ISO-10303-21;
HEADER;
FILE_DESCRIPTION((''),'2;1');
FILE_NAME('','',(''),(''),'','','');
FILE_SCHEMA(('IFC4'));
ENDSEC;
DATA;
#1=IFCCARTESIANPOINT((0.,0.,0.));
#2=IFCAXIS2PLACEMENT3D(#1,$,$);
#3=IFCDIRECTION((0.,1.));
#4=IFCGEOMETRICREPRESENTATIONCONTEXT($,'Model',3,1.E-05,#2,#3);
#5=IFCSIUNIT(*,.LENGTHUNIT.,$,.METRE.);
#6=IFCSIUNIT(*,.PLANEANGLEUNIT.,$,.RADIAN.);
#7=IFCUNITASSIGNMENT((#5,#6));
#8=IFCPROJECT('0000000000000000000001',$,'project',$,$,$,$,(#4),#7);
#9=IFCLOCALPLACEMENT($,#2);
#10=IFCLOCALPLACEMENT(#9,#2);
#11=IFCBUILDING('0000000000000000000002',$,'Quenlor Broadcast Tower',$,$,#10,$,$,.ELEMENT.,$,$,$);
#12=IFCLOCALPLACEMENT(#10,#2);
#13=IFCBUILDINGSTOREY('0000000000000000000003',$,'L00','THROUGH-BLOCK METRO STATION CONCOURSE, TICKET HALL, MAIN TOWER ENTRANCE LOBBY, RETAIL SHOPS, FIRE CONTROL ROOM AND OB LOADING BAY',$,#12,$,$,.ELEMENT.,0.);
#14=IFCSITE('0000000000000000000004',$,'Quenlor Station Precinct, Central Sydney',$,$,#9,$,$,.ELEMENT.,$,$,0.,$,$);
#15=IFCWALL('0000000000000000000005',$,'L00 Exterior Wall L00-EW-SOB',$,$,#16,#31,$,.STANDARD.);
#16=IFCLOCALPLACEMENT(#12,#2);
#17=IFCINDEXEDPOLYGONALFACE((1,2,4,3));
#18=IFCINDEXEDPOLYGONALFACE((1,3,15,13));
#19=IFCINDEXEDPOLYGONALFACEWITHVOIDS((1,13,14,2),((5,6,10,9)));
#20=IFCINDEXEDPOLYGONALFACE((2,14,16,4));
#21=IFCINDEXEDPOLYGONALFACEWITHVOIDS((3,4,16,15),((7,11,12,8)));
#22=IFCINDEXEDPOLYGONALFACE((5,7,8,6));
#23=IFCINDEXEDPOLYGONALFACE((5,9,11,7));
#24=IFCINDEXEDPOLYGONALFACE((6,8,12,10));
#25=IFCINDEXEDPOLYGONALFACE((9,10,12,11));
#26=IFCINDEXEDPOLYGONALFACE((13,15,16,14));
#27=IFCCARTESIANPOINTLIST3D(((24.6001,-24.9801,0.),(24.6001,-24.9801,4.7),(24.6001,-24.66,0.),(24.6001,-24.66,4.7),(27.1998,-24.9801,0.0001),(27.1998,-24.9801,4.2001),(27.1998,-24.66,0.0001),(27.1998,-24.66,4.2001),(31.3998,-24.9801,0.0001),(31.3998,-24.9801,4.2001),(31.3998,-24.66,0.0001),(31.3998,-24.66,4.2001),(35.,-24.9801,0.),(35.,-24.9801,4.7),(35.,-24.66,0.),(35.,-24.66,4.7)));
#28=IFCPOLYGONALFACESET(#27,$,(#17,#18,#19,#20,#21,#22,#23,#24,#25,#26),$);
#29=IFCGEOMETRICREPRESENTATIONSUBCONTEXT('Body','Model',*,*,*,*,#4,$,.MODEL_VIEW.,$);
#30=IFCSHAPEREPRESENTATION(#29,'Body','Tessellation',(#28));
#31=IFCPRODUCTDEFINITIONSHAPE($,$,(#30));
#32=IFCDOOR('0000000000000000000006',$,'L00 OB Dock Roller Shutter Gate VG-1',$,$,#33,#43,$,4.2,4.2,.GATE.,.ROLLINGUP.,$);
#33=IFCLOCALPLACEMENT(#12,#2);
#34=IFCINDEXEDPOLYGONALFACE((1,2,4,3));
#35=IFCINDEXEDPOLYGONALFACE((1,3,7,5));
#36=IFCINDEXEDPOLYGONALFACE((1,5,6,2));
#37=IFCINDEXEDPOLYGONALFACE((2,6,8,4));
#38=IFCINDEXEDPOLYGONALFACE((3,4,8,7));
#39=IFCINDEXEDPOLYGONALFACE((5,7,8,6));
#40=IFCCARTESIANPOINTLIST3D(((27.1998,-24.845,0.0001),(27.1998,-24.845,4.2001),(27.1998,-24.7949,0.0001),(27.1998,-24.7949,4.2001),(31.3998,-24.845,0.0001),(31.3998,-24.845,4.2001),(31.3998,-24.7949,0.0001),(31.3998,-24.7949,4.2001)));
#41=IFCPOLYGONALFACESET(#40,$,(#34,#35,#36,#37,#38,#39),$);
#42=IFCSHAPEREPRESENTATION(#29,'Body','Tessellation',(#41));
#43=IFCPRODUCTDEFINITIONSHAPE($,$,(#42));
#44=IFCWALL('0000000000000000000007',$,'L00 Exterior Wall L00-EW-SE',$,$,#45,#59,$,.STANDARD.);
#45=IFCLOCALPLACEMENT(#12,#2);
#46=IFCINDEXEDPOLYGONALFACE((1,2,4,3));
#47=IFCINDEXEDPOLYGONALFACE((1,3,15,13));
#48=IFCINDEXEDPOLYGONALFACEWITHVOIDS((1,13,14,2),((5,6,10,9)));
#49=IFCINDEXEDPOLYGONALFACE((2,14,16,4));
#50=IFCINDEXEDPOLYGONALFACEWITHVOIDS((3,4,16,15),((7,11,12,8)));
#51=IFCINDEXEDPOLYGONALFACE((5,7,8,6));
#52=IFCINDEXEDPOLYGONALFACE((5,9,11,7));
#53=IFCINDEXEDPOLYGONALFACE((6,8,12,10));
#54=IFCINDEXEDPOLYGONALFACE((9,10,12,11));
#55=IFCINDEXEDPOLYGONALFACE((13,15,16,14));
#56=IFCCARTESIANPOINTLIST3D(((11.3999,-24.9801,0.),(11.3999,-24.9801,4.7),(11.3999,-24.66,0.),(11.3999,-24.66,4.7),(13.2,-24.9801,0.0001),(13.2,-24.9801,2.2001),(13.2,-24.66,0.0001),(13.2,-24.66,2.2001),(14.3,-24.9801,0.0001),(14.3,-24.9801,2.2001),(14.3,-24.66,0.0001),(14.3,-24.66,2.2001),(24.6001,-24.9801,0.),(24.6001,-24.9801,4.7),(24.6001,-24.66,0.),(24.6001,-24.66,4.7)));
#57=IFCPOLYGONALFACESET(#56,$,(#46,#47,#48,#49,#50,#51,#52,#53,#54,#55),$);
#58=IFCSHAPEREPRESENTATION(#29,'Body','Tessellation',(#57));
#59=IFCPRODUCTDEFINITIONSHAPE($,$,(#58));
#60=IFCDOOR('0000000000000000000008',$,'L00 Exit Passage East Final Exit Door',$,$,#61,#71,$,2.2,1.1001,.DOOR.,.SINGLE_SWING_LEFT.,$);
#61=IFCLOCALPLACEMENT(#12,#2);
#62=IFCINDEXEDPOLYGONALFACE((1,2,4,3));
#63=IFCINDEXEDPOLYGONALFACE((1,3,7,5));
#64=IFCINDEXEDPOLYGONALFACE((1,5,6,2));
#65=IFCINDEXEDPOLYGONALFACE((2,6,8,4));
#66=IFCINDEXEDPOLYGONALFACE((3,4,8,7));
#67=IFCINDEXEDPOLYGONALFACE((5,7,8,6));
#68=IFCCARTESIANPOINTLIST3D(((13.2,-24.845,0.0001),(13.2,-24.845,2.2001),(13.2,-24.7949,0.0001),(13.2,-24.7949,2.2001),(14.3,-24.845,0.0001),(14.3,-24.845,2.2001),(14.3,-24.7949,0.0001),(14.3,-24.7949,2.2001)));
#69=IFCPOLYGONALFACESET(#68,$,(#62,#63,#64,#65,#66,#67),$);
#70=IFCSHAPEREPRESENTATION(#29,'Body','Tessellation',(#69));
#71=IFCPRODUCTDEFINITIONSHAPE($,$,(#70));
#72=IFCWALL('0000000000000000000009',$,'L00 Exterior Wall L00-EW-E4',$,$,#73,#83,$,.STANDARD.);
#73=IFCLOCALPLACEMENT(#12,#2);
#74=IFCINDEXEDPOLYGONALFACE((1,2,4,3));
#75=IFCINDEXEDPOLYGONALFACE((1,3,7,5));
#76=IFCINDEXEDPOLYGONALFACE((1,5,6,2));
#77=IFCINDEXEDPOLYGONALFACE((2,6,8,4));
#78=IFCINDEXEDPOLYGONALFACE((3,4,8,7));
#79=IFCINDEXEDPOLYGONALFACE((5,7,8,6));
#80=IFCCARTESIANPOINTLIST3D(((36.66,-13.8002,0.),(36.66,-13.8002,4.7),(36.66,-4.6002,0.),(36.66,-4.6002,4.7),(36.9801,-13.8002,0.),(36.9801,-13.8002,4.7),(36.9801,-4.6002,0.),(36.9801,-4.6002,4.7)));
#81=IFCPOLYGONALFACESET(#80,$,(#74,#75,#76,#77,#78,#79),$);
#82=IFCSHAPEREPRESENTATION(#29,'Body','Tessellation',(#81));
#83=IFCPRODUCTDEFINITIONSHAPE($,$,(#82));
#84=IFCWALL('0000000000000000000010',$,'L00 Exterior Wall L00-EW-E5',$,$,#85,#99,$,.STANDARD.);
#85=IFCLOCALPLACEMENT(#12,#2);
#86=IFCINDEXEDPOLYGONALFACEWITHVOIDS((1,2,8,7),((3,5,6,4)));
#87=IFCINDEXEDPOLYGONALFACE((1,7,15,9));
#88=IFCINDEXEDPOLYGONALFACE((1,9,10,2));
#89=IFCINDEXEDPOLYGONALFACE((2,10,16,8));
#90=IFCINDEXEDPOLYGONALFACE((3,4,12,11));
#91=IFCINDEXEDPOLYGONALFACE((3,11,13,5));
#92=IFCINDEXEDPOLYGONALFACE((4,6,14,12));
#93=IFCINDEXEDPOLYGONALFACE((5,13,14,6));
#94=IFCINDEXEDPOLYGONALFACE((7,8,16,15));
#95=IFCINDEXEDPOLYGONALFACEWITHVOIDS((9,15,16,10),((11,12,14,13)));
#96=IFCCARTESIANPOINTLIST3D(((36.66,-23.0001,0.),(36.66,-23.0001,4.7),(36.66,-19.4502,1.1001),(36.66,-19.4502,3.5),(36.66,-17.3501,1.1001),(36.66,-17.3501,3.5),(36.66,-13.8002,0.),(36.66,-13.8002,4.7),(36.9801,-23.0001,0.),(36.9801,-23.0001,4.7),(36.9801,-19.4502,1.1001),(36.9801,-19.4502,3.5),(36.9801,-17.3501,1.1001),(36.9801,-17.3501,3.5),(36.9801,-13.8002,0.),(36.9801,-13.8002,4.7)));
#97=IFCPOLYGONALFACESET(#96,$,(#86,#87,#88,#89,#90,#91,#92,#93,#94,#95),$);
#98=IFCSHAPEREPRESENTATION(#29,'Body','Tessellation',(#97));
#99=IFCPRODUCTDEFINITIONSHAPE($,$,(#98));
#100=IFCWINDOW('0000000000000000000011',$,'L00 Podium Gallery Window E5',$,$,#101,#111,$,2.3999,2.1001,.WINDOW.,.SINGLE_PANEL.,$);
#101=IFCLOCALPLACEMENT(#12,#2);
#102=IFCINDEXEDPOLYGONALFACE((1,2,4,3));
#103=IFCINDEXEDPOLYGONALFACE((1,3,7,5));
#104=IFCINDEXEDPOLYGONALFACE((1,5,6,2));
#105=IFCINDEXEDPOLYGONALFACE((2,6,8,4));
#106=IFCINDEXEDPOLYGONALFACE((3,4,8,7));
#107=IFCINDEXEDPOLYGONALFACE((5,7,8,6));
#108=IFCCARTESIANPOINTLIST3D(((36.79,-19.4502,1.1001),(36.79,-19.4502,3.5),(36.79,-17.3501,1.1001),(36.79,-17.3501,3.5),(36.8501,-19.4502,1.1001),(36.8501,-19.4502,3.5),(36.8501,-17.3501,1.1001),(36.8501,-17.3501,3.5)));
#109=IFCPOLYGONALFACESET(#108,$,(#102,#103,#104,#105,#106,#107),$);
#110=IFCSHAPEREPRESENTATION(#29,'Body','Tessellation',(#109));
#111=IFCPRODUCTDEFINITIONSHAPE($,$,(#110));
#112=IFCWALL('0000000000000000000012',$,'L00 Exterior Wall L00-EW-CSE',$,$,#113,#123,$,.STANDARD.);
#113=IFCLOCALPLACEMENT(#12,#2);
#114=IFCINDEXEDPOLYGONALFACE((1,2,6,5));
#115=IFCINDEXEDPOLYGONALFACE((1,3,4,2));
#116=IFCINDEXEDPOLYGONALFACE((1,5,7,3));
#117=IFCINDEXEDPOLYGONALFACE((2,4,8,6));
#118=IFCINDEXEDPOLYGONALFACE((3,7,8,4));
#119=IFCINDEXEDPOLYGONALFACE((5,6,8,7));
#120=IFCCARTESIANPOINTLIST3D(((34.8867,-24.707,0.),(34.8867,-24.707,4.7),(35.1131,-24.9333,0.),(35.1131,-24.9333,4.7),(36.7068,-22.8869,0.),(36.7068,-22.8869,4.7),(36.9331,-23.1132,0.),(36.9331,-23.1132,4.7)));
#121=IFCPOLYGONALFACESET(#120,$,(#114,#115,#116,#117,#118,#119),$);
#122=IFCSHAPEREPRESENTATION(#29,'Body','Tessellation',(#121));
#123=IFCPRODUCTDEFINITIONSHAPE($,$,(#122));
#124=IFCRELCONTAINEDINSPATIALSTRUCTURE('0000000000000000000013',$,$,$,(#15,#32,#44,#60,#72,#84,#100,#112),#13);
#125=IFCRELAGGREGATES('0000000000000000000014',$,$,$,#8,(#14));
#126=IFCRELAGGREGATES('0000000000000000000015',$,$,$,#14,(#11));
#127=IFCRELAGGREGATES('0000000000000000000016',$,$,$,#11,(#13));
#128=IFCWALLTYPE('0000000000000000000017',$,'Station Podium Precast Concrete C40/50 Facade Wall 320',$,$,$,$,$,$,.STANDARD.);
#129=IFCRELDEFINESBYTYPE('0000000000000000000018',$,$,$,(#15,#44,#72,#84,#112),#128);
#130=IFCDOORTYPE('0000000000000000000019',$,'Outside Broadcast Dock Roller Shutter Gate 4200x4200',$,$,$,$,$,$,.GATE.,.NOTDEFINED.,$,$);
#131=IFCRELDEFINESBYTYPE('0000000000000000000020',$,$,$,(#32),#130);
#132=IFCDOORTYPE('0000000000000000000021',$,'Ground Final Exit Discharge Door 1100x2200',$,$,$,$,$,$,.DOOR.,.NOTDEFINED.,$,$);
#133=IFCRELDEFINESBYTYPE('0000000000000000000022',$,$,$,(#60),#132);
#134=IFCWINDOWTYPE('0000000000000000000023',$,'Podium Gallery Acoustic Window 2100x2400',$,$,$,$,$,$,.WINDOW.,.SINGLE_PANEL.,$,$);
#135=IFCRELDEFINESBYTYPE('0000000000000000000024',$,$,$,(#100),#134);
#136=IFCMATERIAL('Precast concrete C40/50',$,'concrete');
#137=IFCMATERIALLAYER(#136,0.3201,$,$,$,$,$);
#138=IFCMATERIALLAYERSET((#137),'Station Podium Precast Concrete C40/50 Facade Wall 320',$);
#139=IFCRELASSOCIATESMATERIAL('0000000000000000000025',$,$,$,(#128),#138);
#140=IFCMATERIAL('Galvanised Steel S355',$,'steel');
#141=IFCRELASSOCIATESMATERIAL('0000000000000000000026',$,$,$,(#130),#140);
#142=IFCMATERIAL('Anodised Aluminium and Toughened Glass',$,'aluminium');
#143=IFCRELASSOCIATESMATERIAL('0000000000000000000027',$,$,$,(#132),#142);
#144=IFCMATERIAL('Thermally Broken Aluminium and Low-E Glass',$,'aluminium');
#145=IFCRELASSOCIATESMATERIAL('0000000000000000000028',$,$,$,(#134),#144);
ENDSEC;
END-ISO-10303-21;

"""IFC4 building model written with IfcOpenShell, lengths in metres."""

from ifc_helpers import new_model, si_unit, direction, frame, frame_2d, origin, place, context, subcontext, project, spatial, rectangle, extrude, material, layer, layer_set, type_object, element, fill, save


model = new_model("IFC4")

# Units and contexts
model_context = context("Model", 3, precision=1e-05, world=origin(), true_north=direction((0.0, 1.0)))
body_context = subcontext(model_context, "Body", "Model", "MODEL_VIEW")
ifc_project = project(units=[si_unit("LENGTHUNIT", "METRE"), si_unit("PLANEANGLEUNIT", "RADIAN")], contexts=[model_context])

# Site, building, storey
site_placement = place(None, origin())
site = spatial("IfcSite", under=ifc_project, at=site_placement, Name="Quenlor Station Precinct, Central Sydney", CompositionType="ELEMENT", RefElevation=0.0)
building_placement = place(site_placement, origin())
building = spatial("IfcBuilding", under=site, at=building_placement, Name="Quenlor Broadcast Tower", CompositionType="ELEMENT")
storey_placement = place(building_placement, origin())
storey = spatial("IfcBuildingStorey", under=building, at=storey_placement, Name="L00", Description="THROUGH-BLOCK METRO STATION CONCOURSE, TICKET HALL, MAIN TOWER ENTRANCE LOBBY, RETAIL SHOPS, FIRE CONTROL ROOM AND OB LOADING BAY", CompositionType="ELEMENT", Elevation=0.0)

# Walls, openings, doors
ifc_material_1 = material(Name="Precast concrete C40/50", Category="concrete")
ifc_layer_1 = layer(ifc_material_1, 0.3201)
ifc_layer_set_1 = layer_set([ifc_layer_1], Name="Station Podium Precast Concrete C40/50 Facade Wall 320")
wall_type_1 = type_object("IfcWallType", Name="Station Podium Precast Concrete C40/50 Facade Wall 320", PredefinedType="STANDARD", material=ifc_layer_set_1)
wall_1_placement = place(storey_placement, frame((35.0, -24.8201, 0.0), z_axis=(0.0, 0.0, 1.0), x_axis=(-1.0, 0.0, 0.0)))
wall_1 = element("IfcWall", 1, at=wall_1_placement, inside=storey, type_object=wall_type_1, Name="L00 Exterior Wall L00-EW-SOB", PredefinedType="STANDARD", context=body_context, shape_type="SweptSolid", body=[
    extrude(rectangle(XDim=10.3999, YDim=0.3201, at=frame_2d((5.2, 0.0))), origin(), (0.0, 0.0, 1.0), 4.7),
])
opening_1_placement = place(wall_1_placement, frame((3.6001, 0.0, 0.0)))
opening_1 = element("IfcOpeningElement", 2, at=opening_1_placement, cuts=wall_1, PredefinedType="OPENING", context=body_context, shape_type="SweptSolid", body=[
    extrude(rectangle(XDim=4.2, YDim=4.2, at=frame_2d((2.1001, 2.1001))), frame((0.0, 0.1699, 0.0), z_axis=(0.0, -1.0, 0.0), x_axis=(1.0, 0.0, 0.0)), (0.0, 0.0, 1.0), 0.3401),
])
ifc_material_2 = material(Name="Galvanised Steel S355", Category="steel")
door_type_1 = type_object("IfcDoorType", Name="Outside Broadcast Dock Roller Shutter Gate 4200x4200", OperationType="NOTDEFINED", PredefinedType="GATE", material=ifc_material_2)
door_1_placement = place(opening_1_placement, origin())
door_1 = element("IfcDoor", 3, at=door_1_placement, inside=storey, type_object=door_type_1, Name="L00 OB Dock Roller Shutter Gate VG-1", OperationType="ROLLINGUP", OverallHeight=4.2, OverallWidth=4.2, PredefinedType="GATE", context=body_context, shape_type="SweptSolid", body=[
    extrude(rectangle(XDim=4.2, YDim=4.2, at=frame_2d((2.1001, 2.1001))), frame((0.0, 0.0249, 0.0), z_axis=(0.0, -1.0, 0.0), x_axis=(1.0, 0.0, 0.0)), (0.0, 0.0, 1.0), 0.05),
])
fill(opening_1, door_1)
wall_2_placement = place(storey_placement, frame((24.6001, -24.8201, 0.0), z_axis=(0.0, 0.0, 1.0), x_axis=(-1.0, 0.0, 0.0)))
wall_2 = element("IfcWall", 4, at=wall_2_placement, inside=storey, type_object=wall_type_1, Name="L00 Exterior Wall L00-EW-SE", PredefinedType="STANDARD", context=body_context, shape_type="SweptSolid", body=[
    extrude(rectangle(XDim=13.2002, YDim=0.3201, at=frame_2d((6.6001, 0.0))), origin(), (0.0, 0.0, 1.0), 4.7),
])
opening_2_placement = place(wall_2_placement, frame((10.3, 0.0, 0.0)))
opening_2 = element("IfcOpeningElement", 5, at=opening_2_placement, cuts=wall_2, PredefinedType="OPENING", context=body_context, shape_type="SweptSolid", body=[
    extrude(rectangle(XDim=1.1001, YDim=2.2, at=frame_2d((0.55, 1.1001))), frame((0.0, 0.1699, 0.0), z_axis=(0.0, -1.0, 0.0), x_axis=(1.0, 0.0, 0.0)), (0.0, 0.0, 1.0), 0.3401),
])
ifc_material_3 = material(Name="Anodised Aluminium and Toughened Glass", Category="aluminium")
door_type_2 = type_object("IfcDoorType", Name="Ground Final Exit Discharge Door 1100x2200", OperationType="NOTDEFINED", PredefinedType="DOOR", material=ifc_material_3)
door_2_placement = place(opening_2_placement, origin())
door_2 = element("IfcDoor", 6, at=door_2_placement, inside=storey, type_object=door_type_2, Name="L00 Exit Passage East Final Exit Door", OperationType="SINGLE_SWING_LEFT", OverallHeight=2.2, OverallWidth=1.1001, PredefinedType="DOOR", context=body_context, shape_type="SweptSolid", body=[
    extrude(rectangle(XDim=1.1001, YDim=2.2, at=frame_2d((0.55, 1.1001))), frame((0.0, 0.0249, 0.0), z_axis=(0.0, -1.0, 0.0), x_axis=(1.0, 0.0, 0.0)), (0.0, 0.0, 1.0), 0.05),
])
fill(opening_2, door_2)

# Wall
wall_3_placement = place(storey_placement, frame((36.8201, -4.6001, 0.0), z_axis=(0.0, 0.0, 1.0), x_axis=(0.0, -1.0, 0.0)))
element("IfcWall", 7, at=wall_3_placement, inside=storey, type_object=wall_type_1, Name="L00 Exterior Wall L00-EW-E4", PredefinedType="STANDARD", context=body_context, shape_type="SweptSolid", body=[
    extrude(rectangle(XDim=9.2, YDim=0.3201, at=frame_2d((4.6001, 0.0))), origin(), (0.0, 0.0, 1.0), 4.7),
])

# Wall, opening, window
wall_4_placement = place(storey_placement, frame((36.8201, -13.8, 0.0), z_axis=(0.0, 0.0, 1.0), x_axis=(0.0, -1.0, 0.0)))
wall_4 = element("IfcWall", 8, at=wall_4_placement, inside=storey, type_object=wall_type_1, Name="L00 Exterior Wall L00-EW-E5", PredefinedType="STANDARD", context=body_context, shape_type="SweptSolid", body=[
    extrude(rectangle(XDim=9.2, YDim=0.3201, at=frame_2d((4.6001, 0.0))), origin(), (0.0, 0.0, 1.0), 4.7),
])
opening_3_placement = place(wall_4_placement, frame((3.55, 0.0, 1.1001)))
opening_3 = element("IfcOpeningElement", 9, at=opening_3_placement, cuts=wall_4, PredefinedType="OPENING", context=body_context, shape_type="SweptSolid", body=[
    extrude(rectangle(XDim=2.1001, YDim=2.3999, at=frame_2d((1.05, 1.2))), frame((0.0, 0.1699, 0.0), z_axis=(0.0, -1.0, 0.0), x_axis=(1.0, 0.0, 0.0)), (0.0, 0.0, 1.0), 0.3401),
])
ifc_material_4 = material(Name="Thermally Broken Aluminium and Low-E Glass", Category="aluminium")
window_type = type_object("IfcWindowType", Name="Podium Gallery Acoustic Window 2100x2400", PartitioningType="SINGLE_PANEL", PredefinedType="WINDOW", material=ifc_material_4)
window_placement = place(opening_3_placement, origin())
window = element("IfcWindow", 10, at=window_placement, inside=storey, type_object=window_type, Name="L00 Podium Gallery Window E5", OverallHeight=2.3999, OverallWidth=2.1001, PartitioningType="SINGLE_PANEL", PredefinedType="WINDOW", context=body_context, shape_type="SweptSolid", body=[
    extrude(rectangle(XDim=2.1001, YDim=2.3999, at=frame_2d((1.05, 1.2))), frame((0.0, 0.03, 0.0), z_axis=(0.0, -1.0, 0.0), x_axis=(1.0, 0.0, 0.0)), (0.0, 0.0, 1.0), 0.0601),
])
fill(opening_3, window)

# Wall
wall_5_placement = place(storey_placement, frame((36.8201, -23.0, 0.0), z_axis=(0.0, 0.0, 1.0), x_axis=(-0.707107, -0.707107, 0.0)))
element("IfcWall", 11, at=wall_5_placement, inside=storey, type_object=wall_type_1, Name="L00 Exterior Wall L00-EW-CSE", PredefinedType="STANDARD", context=body_context, shape_type="SweptSolid", body=[
    extrude(rectangle(XDim=2.574, YDim=0.3201, at=frame_2d((1.2871, 0.0))), origin(), (0.0, 0.0, 1.0), 4.7),
])

save(model, "model.ifc")
